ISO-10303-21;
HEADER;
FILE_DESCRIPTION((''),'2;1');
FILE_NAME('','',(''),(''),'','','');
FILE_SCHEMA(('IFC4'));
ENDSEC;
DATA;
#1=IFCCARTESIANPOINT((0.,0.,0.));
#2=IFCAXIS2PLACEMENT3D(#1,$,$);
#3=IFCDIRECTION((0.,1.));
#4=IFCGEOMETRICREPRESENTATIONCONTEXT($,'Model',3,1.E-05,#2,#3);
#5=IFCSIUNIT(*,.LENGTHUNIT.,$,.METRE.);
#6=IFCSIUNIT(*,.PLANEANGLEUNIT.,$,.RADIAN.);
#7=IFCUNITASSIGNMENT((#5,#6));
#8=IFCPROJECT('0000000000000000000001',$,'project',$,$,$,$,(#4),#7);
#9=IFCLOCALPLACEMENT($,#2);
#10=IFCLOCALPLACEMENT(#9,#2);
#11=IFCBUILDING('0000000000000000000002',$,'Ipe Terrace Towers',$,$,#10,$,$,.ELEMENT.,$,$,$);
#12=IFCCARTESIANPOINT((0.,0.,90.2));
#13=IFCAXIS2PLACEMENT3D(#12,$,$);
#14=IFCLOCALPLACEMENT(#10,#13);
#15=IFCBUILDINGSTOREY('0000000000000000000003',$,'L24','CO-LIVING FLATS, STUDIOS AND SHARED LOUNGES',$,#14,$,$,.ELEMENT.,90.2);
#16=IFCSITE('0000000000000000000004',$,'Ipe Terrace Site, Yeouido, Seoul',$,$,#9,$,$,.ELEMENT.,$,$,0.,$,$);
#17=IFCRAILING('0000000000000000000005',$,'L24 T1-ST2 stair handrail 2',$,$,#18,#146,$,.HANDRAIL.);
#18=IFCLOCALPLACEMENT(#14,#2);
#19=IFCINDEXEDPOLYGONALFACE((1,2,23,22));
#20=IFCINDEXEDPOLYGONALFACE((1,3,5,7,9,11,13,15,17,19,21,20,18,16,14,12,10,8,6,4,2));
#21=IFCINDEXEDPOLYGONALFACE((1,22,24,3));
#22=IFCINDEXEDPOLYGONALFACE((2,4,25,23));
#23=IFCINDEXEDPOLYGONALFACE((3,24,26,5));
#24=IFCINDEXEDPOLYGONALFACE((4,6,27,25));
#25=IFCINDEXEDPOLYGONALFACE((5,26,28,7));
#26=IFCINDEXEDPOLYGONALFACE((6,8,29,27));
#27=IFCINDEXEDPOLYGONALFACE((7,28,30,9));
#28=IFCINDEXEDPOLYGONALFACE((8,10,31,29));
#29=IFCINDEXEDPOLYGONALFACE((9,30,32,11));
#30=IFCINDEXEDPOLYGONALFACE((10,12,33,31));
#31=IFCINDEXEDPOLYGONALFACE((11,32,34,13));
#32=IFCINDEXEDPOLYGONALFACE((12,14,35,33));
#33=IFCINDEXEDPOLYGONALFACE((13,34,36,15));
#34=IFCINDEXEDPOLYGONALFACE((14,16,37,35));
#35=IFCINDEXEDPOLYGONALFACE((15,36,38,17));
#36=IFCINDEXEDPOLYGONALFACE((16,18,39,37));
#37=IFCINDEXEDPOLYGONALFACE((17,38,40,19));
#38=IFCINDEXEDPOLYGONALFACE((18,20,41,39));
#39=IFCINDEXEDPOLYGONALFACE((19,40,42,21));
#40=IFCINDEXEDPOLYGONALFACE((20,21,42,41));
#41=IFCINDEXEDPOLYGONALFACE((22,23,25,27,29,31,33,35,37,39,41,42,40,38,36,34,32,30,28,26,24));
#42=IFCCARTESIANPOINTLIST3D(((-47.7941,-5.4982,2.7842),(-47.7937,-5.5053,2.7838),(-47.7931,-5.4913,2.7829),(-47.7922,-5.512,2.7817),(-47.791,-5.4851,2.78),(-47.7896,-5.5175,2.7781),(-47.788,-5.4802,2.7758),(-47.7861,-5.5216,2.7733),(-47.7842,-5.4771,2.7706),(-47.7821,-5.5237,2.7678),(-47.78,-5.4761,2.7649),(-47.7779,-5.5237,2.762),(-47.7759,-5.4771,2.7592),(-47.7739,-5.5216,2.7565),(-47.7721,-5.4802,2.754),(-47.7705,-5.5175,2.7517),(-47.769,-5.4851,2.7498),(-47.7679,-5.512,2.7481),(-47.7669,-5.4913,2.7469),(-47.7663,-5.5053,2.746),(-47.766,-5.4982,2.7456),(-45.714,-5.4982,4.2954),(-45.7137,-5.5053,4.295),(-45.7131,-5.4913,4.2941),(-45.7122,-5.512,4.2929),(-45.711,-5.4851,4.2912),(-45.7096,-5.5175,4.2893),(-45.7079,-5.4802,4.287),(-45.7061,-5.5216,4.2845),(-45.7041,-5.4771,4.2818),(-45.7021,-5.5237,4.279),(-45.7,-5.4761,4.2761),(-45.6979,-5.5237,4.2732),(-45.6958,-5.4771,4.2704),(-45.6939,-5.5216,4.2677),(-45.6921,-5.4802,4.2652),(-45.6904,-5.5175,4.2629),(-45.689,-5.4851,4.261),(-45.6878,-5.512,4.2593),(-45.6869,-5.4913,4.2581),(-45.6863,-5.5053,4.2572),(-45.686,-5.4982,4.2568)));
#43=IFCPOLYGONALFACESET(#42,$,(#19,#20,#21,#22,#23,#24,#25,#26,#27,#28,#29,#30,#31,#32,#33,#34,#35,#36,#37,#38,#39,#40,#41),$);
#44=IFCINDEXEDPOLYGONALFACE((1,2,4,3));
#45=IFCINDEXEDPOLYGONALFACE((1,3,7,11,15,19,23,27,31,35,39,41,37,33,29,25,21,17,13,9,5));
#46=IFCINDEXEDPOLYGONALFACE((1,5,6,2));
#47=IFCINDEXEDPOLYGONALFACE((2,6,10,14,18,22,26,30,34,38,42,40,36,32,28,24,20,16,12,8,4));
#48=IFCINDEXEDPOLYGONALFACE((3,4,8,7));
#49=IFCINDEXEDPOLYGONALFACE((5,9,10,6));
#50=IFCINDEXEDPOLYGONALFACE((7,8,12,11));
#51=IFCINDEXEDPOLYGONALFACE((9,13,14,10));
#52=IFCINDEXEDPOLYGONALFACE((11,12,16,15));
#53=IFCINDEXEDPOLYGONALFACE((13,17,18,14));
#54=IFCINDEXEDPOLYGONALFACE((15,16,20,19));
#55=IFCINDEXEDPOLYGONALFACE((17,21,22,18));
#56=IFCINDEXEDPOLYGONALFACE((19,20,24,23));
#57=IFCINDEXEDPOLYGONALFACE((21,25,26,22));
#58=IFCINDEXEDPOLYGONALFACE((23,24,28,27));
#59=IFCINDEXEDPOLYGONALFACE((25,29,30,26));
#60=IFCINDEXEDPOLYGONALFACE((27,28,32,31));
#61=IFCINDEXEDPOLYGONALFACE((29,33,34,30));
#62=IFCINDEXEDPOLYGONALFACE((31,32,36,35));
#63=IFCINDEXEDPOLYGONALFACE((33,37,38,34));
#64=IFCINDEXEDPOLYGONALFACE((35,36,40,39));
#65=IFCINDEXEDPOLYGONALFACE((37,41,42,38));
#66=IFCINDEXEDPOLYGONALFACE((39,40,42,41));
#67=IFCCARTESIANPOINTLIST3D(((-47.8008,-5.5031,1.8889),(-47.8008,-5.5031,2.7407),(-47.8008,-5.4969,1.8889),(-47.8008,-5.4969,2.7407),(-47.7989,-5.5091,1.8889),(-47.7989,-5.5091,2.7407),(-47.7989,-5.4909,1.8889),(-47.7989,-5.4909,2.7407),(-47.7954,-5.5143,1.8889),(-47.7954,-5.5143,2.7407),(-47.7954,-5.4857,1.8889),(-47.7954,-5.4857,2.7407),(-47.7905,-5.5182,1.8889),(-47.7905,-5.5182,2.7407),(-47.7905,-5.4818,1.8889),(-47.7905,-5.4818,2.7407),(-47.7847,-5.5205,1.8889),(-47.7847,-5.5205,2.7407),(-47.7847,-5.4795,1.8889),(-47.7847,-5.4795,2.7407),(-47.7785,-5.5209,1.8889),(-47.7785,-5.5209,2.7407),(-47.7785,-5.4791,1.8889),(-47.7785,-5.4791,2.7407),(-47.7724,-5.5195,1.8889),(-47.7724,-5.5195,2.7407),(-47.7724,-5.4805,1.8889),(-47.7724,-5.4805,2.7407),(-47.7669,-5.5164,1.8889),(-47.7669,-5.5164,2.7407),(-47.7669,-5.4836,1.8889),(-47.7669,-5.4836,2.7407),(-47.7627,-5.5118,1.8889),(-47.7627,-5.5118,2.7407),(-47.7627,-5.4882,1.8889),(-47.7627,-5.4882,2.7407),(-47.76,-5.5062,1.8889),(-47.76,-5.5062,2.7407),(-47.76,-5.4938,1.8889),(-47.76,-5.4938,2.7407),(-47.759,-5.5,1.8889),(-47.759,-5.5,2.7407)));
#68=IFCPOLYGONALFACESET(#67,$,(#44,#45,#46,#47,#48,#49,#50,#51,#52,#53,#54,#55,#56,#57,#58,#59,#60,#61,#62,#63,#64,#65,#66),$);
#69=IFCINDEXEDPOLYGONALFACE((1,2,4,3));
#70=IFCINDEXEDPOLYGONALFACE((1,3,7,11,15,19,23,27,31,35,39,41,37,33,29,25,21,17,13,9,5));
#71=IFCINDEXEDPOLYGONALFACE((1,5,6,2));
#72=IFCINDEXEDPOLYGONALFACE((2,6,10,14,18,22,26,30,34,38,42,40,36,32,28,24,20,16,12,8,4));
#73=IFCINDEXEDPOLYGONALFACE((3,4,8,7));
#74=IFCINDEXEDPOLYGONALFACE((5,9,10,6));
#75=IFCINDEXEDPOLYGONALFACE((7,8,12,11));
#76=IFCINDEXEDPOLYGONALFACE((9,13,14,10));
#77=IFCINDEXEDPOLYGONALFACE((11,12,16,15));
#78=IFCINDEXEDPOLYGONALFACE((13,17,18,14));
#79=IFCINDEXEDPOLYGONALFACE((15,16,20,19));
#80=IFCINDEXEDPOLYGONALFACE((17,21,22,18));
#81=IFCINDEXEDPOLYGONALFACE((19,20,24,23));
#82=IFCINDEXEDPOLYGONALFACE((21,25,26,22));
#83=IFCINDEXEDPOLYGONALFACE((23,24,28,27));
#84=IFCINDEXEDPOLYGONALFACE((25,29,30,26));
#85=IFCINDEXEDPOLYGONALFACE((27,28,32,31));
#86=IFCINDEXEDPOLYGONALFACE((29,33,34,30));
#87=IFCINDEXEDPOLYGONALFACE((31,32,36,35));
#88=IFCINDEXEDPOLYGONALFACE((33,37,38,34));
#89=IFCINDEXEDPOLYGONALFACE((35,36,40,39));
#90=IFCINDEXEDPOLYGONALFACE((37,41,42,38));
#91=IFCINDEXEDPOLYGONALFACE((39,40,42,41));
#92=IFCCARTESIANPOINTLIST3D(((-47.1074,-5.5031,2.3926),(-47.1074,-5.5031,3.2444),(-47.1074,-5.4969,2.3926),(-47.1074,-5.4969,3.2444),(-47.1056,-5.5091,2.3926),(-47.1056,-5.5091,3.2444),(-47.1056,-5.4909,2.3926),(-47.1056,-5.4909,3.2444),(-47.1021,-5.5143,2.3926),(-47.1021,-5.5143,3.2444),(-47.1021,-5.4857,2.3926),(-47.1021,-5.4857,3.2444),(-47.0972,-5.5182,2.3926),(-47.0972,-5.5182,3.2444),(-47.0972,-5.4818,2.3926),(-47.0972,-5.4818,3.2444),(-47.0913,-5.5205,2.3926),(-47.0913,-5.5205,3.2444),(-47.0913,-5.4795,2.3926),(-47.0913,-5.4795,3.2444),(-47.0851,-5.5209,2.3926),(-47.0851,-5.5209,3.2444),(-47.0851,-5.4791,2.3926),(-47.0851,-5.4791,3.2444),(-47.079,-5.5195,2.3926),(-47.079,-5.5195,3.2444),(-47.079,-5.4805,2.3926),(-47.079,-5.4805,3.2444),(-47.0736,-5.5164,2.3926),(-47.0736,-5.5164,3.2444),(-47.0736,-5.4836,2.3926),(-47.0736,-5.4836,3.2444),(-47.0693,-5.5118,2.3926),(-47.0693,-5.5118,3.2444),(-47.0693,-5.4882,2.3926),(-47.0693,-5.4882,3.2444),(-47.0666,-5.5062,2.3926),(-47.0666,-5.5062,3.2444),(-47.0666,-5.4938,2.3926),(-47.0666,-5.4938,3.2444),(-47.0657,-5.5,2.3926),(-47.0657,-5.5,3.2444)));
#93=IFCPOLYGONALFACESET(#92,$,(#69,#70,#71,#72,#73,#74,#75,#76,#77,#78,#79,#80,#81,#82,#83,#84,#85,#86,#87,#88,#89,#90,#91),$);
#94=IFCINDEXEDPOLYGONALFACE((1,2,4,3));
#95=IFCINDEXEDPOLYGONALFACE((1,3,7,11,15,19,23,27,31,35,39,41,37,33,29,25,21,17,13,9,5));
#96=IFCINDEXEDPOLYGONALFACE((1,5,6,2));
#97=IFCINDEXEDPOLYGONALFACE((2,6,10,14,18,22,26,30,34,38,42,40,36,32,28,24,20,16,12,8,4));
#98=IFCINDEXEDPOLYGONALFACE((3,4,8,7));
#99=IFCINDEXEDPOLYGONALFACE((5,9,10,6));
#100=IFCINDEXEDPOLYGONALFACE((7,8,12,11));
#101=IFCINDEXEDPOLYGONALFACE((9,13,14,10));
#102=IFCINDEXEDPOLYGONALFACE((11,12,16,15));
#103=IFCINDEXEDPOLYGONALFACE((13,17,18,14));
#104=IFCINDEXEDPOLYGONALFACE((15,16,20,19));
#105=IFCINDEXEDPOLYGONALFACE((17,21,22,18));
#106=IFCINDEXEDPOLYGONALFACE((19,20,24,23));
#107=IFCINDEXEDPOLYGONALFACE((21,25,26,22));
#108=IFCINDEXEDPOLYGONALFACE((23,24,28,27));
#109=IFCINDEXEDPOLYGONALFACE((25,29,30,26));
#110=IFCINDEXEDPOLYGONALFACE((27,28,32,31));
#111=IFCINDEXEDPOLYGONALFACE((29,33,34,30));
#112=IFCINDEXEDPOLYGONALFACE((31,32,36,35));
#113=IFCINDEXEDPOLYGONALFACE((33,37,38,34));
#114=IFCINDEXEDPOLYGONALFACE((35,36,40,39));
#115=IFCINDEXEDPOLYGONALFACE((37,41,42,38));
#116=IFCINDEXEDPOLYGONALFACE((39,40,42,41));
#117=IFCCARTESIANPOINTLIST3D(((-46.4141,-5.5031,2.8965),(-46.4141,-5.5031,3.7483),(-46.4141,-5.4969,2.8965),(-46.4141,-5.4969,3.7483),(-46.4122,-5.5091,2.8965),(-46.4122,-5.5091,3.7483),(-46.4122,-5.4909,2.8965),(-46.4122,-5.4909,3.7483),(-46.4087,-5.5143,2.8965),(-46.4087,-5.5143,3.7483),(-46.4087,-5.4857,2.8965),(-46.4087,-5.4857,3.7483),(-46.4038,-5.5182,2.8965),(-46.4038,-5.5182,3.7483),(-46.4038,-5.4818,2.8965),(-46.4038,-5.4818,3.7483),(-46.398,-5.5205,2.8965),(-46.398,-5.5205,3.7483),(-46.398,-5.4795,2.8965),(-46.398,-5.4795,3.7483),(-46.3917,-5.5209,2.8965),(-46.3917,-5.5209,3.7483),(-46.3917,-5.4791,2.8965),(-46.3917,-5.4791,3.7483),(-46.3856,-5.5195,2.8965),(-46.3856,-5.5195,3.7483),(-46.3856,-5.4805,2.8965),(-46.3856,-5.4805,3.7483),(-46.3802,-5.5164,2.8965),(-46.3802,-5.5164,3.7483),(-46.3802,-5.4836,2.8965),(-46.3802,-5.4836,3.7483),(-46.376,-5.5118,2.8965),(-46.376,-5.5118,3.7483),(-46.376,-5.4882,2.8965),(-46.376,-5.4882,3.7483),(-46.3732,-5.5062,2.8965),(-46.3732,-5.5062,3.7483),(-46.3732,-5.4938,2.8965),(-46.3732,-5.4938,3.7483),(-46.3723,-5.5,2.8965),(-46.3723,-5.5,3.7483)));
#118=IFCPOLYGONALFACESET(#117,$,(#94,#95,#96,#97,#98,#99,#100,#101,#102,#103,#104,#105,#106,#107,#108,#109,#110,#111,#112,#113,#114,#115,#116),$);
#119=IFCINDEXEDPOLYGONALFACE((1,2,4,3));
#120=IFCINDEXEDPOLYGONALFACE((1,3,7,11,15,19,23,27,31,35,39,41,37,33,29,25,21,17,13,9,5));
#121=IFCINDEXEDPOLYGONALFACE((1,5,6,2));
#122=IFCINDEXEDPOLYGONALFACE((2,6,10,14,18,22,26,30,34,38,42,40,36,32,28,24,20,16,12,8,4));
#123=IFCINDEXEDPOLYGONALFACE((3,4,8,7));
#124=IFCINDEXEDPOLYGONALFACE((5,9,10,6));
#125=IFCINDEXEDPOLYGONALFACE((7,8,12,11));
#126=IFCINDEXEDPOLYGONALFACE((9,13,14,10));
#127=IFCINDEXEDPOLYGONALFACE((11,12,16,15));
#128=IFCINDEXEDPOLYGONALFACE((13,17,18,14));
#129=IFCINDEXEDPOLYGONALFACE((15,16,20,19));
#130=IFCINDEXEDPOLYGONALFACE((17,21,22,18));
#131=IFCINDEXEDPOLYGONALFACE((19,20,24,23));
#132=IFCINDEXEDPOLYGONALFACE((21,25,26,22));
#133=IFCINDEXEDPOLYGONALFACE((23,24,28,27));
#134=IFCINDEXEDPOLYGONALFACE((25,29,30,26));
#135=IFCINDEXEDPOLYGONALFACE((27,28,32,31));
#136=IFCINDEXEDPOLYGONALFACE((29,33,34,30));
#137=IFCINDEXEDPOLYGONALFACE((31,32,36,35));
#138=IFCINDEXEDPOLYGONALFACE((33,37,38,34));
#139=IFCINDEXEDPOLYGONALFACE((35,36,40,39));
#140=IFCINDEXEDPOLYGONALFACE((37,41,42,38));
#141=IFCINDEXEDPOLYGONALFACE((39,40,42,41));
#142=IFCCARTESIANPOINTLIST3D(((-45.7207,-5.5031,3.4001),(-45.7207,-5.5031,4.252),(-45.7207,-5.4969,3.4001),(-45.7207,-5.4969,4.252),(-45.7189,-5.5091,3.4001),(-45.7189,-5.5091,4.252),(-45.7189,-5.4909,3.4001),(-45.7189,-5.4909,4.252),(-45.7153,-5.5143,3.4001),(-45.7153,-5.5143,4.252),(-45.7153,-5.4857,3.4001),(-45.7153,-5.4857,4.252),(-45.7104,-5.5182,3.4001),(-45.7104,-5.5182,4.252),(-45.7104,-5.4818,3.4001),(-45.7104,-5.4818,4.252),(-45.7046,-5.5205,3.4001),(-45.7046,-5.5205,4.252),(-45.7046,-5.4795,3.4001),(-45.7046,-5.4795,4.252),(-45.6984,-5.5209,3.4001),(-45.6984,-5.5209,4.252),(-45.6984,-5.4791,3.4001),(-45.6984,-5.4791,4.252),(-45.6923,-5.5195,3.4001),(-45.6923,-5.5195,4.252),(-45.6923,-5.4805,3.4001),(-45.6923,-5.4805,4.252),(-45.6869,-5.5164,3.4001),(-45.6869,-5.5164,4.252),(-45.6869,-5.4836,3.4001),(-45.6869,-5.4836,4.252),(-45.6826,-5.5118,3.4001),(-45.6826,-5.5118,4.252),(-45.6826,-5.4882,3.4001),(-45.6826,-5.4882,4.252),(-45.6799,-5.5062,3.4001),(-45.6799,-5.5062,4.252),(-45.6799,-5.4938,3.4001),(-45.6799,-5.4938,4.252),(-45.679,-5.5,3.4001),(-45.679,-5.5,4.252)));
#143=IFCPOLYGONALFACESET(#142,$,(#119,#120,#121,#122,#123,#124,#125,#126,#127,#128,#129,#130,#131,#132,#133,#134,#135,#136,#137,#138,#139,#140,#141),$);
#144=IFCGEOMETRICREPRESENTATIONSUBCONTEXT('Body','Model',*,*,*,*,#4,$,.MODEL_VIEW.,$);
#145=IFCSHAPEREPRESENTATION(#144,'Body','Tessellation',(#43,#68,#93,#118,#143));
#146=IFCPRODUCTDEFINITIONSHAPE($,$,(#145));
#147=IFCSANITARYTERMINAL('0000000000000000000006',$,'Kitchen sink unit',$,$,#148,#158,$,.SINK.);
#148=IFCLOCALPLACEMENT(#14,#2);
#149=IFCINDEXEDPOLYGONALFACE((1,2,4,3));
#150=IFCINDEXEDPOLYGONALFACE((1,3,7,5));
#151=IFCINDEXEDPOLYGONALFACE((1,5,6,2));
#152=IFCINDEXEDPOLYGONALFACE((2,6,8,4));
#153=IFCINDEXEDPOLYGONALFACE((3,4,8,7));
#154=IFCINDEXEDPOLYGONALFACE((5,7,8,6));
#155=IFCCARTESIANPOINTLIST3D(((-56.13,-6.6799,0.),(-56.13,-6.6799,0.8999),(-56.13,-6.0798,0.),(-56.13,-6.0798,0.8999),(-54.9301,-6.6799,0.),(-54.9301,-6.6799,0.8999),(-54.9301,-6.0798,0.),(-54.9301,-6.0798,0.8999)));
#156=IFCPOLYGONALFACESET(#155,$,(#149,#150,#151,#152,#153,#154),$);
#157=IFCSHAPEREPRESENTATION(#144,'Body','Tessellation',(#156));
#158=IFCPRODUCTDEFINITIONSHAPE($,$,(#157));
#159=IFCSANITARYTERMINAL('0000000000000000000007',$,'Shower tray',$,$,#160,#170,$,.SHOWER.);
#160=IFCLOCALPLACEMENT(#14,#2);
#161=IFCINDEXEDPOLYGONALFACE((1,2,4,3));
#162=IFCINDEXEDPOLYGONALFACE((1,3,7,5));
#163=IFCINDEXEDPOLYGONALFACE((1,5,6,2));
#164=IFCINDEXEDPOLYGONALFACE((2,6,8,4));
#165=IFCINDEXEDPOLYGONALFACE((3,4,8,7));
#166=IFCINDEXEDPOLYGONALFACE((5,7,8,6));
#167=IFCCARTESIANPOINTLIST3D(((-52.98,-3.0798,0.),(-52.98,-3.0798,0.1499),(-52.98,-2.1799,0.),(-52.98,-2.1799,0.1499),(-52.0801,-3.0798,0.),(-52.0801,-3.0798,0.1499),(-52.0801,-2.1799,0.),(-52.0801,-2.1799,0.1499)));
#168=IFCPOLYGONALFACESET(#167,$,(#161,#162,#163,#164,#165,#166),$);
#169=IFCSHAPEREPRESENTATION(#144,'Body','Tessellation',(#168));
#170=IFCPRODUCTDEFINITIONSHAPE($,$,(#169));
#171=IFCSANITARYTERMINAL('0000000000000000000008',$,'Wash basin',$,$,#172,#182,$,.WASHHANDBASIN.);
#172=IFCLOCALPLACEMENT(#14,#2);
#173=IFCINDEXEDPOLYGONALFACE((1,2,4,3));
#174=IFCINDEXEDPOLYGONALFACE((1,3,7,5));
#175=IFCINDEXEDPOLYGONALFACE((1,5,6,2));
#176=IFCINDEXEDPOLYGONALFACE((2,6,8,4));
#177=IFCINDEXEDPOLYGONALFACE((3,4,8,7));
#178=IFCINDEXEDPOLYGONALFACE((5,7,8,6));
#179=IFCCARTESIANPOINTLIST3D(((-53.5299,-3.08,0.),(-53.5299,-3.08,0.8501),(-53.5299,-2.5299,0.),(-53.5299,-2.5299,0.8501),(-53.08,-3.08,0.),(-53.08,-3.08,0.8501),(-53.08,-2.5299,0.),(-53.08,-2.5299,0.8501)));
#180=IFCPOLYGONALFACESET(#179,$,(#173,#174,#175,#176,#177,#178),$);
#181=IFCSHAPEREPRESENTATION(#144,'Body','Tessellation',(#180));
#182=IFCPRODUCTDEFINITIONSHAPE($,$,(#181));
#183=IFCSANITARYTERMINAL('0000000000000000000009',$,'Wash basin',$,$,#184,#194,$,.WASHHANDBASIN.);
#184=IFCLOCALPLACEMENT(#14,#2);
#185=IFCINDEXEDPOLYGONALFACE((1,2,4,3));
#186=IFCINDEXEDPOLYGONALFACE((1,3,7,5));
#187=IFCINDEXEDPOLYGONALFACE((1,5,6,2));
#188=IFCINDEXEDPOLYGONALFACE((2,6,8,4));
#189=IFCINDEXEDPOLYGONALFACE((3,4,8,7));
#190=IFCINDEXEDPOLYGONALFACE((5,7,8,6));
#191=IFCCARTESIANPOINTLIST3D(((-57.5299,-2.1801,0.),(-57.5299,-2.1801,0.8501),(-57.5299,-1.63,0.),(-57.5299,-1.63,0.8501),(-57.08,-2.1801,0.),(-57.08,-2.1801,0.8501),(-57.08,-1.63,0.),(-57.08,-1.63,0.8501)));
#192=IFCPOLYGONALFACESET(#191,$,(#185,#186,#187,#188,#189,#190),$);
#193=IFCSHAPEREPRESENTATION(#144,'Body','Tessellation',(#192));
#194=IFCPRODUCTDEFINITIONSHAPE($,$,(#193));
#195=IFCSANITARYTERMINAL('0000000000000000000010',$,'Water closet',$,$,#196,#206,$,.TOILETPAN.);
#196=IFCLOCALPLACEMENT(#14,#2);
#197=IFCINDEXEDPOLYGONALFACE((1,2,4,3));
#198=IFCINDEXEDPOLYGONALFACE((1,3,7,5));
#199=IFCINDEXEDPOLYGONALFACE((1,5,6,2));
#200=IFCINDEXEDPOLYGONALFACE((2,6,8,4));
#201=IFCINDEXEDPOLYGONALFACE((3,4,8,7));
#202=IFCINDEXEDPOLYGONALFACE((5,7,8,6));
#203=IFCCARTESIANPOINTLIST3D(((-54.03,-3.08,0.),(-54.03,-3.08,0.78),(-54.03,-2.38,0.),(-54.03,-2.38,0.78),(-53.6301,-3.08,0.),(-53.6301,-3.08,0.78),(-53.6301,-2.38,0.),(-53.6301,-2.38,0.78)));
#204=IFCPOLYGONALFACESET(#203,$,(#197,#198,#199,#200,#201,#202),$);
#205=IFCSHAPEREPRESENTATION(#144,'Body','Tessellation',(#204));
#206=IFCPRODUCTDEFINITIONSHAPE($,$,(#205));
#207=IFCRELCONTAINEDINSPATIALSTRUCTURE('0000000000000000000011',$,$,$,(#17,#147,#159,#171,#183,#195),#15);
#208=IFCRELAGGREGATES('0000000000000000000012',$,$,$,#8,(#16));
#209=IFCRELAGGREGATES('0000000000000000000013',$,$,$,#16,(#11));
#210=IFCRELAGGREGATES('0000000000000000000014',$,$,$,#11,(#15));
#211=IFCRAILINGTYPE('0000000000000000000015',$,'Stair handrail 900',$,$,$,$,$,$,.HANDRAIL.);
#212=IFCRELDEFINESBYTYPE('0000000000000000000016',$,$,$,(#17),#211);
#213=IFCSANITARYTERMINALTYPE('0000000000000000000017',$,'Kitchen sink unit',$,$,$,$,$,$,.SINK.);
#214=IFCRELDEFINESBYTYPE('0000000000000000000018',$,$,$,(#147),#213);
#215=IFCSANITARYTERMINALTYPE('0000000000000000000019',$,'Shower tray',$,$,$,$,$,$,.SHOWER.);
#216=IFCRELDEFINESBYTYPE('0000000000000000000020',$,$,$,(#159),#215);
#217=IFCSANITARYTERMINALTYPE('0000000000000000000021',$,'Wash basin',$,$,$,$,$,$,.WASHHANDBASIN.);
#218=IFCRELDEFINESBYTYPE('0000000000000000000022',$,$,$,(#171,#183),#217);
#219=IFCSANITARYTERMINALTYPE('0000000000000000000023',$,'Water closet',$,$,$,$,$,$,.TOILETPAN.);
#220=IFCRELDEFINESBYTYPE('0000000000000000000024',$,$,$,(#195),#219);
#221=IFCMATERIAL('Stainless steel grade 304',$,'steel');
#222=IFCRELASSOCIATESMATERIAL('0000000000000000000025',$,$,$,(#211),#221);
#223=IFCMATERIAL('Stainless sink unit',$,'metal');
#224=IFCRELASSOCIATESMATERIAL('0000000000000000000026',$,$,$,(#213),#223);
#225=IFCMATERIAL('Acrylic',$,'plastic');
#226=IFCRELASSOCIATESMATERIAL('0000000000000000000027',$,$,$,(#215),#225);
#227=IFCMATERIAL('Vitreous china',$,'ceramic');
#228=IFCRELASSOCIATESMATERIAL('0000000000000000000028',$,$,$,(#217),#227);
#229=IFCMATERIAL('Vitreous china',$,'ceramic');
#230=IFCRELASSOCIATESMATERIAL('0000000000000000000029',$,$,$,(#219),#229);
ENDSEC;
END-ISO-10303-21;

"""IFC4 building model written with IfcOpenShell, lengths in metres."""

from ifc_helpers import new_model, si_unit, direction, frame, origin, origin_2d, place, context, subcontext, project, spatial, rectangle, circle, extrude, material, type_object, element, save


model = new_model("IFC4")

# Units and contexts
model_context = context("Model", 3, precision=1e-05, world=origin(), true_north=direction((0.0, 1.0)))
body_context = subcontext(model_context, "Body", "Model", "MODEL_VIEW")
ifc_project = project(units=[si_unit("LENGTHUNIT", "METRE"), si_unit("PLANEANGLEUNIT", "RADIAN")], contexts=[model_context])

# Site, building, storey
site_placement = place(None, origin())
site = spatial("IfcSite", under=ifc_project, at=site_placement, Name="Ipe Terrace Site, Yeouido, Seoul", CompositionType="ELEMENT", RefElevation=0.0)
building_placement = place(site_placement, origin())
building = spatial("IfcBuilding", under=site, at=building_placement, Name="Ipe Terrace Towers", CompositionType="ELEMENT")
storey_placement = place(building_placement, frame((0.0, 0.0, 90.2)))
storey = spatial("IfcBuildingStorey", under=building, at=storey_placement, Name="L24", Description="CO-LIVING FLATS, STUDIOS AND SHARED LOUNGES", CompositionType="ELEMENT", Elevation=90.2)

# Railing
ifc_material_1 = material(Name="Stainless steel grade 304", Category="steel")
railing_type_1 = type_object("IfcRailingType", Name="Stair handrail 900", PredefinedType="HANDRAIL", material=ifc_material_1)
railing_1_placement = place(storey_placement, frame((-47.78, -5.5, 1.8889)))
element("IfcRailing", 1, at=railing_1_placement, inside=storey, type_object=railing_type_1, Name="L24 T1-ST2 stair handrail 2", PredefinedType="HANDRAIL", context=body_context, shape_type="SweptSolid", body=[
    extrude(circle(Radius=0.0239, at=origin_2d()), frame((0.0, 0.0, 0.876), z_axis=(0.809023, 0.0, 0.587776), x_axis=(0.0, 1.0, 0.0)), (0.0, 0.0, 1.0), 2.571),
    extrude(circle(Radius=0.021, at=origin_2d()), origin(), (0.0, 0.0, 1.0), 0.8518),
    extrude(circle(Radius=0.021, at=origin_2d()), frame((0.6934, 0.0, 0.5037)), (0.0, 0.0, 1.0), 0.8518),
    extrude(circle(Radius=0.021, at=origin_2d()), frame((1.3867, 0.0, 1.0076)), (0.0, 0.0, 1.0), 0.8518),
    extrude(circle(Radius=0.021, at=origin_2d()), frame((2.0801, 0.0, 1.5112)), (0.0, 0.0, 1.0), 0.8518),
])

# Sanitary terminals
ifc_material_2 = material(Name="Stainless sink unit", Category="metal")
sanitary_terminal_type_1 = type_object("IfcSanitaryTerminalType", Name="Kitchen sink unit", PredefinedType="SINK", material=ifc_material_2)
sanitary_terminal_1_placement = place(storey_placement, frame((-55.53, -6.3799, 0.0), z_axis=(0.0, 0.0, 1.0), x_axis=(-1.0, 0.0, 0.0)))
element("IfcSanitaryTerminal", 2, at=sanitary_terminal_1_placement, inside=storey, type_object=sanitary_terminal_type_1, Name="Kitchen sink unit", PredefinedType="SINK", context=body_context, shape_type="SweptSolid", body=[
    extrude(rectangle(XDim=1.2, YDim=0.6001, at=origin_2d()), origin(), (0.0, 0.0, 1.0), 0.8999),
])
ifc_material_3 = material(Name="Acrylic", Category="plastic")
sanitary_terminal_type_2 = type_object("IfcSanitaryTerminalType", Name="Shower tray", PredefinedType="SHOWER", material=ifc_material_3)
sanitary_terminal_2_placement = place(storey_placement, frame((-52.53, -2.6299, 0.0), z_axis=(0.0, 0.0, 1.0), x_axis=(0.0, 1.0, 0.0)))
element("IfcSanitaryTerminal", 3, at=sanitary_terminal_2_placement, inside=storey, type_object=sanitary_terminal_type_2, Name="Shower tray", PredefinedType="SHOWER", context=body_context, shape_type="SweptSolid", body=[
    extrude(rectangle(XDim=0.8999, YDim=0.8999, at=origin_2d()), origin(), (0.0, 0.0, 1.0), 0.1499),
])
ifc_material_4 = material(Name="Vitreous china", Category="ceramic")
sanitary_terminal_type_3 = type_object("IfcSanitaryTerminalType", Name="Wash basin", PredefinedType="WASHHANDBASIN", material=ifc_material_4)
for number, where, z_axis, x_axis, name in (
    (4, (-53.3049, -2.8049, 0.0), (0.0, 0.0, 1.0), (0.0, 1.0, 0.0), "Wash basin"),
    (5, (-57.3049, -1.905, 0.0), (0.0, 0.0, 1.0), (0.0, 1.0, 0.0), "Wash basin"),
):
    element("IfcSanitaryTerminal", number, at=place(storey_placement, frame(where, z_axis=z_axis, x_axis=x_axis)), inside=storey, type_object=sanitary_terminal_type_3, Name=name, PredefinedType="WASHHANDBASIN", context=body_context, shape_type="SweptSolid", body=[
        extrude(rectangle(XDim=0.55, YDim=0.45, at=origin_2d()), origin(), (0.0, 0.0, 1.0), 0.8501),
    ])
ifc_material_5 = material(Name="Vitreous china", Category="ceramic")
sanitary_terminal_type_4 = type_object("IfcSanitaryTerminalType", Name="Water closet", PredefinedType="TOILETPAN", material=ifc_material_5)
sanitary_terminal_3_placement = place(storey_placement, frame((-53.8301, -2.73, 0.0), z_axis=(0.0, 0.0, 1.0), x_axis=(0.0, 1.0, 0.0)))
element("IfcSanitaryTerminal", 6, at=sanitary_terminal_3_placement, inside=storey, type_object=sanitary_terminal_type_4, Name="Water closet", PredefinedType="TOILETPAN", context=body_context, shape_type="SweptSolid", body=[
    extrude(rectangle(XDim=0.7, YDim=0.3999, at=origin_2d()), origin(), (0.0, 0.0, 1.0), 0.78),
])

save(model, "model.ifc")
